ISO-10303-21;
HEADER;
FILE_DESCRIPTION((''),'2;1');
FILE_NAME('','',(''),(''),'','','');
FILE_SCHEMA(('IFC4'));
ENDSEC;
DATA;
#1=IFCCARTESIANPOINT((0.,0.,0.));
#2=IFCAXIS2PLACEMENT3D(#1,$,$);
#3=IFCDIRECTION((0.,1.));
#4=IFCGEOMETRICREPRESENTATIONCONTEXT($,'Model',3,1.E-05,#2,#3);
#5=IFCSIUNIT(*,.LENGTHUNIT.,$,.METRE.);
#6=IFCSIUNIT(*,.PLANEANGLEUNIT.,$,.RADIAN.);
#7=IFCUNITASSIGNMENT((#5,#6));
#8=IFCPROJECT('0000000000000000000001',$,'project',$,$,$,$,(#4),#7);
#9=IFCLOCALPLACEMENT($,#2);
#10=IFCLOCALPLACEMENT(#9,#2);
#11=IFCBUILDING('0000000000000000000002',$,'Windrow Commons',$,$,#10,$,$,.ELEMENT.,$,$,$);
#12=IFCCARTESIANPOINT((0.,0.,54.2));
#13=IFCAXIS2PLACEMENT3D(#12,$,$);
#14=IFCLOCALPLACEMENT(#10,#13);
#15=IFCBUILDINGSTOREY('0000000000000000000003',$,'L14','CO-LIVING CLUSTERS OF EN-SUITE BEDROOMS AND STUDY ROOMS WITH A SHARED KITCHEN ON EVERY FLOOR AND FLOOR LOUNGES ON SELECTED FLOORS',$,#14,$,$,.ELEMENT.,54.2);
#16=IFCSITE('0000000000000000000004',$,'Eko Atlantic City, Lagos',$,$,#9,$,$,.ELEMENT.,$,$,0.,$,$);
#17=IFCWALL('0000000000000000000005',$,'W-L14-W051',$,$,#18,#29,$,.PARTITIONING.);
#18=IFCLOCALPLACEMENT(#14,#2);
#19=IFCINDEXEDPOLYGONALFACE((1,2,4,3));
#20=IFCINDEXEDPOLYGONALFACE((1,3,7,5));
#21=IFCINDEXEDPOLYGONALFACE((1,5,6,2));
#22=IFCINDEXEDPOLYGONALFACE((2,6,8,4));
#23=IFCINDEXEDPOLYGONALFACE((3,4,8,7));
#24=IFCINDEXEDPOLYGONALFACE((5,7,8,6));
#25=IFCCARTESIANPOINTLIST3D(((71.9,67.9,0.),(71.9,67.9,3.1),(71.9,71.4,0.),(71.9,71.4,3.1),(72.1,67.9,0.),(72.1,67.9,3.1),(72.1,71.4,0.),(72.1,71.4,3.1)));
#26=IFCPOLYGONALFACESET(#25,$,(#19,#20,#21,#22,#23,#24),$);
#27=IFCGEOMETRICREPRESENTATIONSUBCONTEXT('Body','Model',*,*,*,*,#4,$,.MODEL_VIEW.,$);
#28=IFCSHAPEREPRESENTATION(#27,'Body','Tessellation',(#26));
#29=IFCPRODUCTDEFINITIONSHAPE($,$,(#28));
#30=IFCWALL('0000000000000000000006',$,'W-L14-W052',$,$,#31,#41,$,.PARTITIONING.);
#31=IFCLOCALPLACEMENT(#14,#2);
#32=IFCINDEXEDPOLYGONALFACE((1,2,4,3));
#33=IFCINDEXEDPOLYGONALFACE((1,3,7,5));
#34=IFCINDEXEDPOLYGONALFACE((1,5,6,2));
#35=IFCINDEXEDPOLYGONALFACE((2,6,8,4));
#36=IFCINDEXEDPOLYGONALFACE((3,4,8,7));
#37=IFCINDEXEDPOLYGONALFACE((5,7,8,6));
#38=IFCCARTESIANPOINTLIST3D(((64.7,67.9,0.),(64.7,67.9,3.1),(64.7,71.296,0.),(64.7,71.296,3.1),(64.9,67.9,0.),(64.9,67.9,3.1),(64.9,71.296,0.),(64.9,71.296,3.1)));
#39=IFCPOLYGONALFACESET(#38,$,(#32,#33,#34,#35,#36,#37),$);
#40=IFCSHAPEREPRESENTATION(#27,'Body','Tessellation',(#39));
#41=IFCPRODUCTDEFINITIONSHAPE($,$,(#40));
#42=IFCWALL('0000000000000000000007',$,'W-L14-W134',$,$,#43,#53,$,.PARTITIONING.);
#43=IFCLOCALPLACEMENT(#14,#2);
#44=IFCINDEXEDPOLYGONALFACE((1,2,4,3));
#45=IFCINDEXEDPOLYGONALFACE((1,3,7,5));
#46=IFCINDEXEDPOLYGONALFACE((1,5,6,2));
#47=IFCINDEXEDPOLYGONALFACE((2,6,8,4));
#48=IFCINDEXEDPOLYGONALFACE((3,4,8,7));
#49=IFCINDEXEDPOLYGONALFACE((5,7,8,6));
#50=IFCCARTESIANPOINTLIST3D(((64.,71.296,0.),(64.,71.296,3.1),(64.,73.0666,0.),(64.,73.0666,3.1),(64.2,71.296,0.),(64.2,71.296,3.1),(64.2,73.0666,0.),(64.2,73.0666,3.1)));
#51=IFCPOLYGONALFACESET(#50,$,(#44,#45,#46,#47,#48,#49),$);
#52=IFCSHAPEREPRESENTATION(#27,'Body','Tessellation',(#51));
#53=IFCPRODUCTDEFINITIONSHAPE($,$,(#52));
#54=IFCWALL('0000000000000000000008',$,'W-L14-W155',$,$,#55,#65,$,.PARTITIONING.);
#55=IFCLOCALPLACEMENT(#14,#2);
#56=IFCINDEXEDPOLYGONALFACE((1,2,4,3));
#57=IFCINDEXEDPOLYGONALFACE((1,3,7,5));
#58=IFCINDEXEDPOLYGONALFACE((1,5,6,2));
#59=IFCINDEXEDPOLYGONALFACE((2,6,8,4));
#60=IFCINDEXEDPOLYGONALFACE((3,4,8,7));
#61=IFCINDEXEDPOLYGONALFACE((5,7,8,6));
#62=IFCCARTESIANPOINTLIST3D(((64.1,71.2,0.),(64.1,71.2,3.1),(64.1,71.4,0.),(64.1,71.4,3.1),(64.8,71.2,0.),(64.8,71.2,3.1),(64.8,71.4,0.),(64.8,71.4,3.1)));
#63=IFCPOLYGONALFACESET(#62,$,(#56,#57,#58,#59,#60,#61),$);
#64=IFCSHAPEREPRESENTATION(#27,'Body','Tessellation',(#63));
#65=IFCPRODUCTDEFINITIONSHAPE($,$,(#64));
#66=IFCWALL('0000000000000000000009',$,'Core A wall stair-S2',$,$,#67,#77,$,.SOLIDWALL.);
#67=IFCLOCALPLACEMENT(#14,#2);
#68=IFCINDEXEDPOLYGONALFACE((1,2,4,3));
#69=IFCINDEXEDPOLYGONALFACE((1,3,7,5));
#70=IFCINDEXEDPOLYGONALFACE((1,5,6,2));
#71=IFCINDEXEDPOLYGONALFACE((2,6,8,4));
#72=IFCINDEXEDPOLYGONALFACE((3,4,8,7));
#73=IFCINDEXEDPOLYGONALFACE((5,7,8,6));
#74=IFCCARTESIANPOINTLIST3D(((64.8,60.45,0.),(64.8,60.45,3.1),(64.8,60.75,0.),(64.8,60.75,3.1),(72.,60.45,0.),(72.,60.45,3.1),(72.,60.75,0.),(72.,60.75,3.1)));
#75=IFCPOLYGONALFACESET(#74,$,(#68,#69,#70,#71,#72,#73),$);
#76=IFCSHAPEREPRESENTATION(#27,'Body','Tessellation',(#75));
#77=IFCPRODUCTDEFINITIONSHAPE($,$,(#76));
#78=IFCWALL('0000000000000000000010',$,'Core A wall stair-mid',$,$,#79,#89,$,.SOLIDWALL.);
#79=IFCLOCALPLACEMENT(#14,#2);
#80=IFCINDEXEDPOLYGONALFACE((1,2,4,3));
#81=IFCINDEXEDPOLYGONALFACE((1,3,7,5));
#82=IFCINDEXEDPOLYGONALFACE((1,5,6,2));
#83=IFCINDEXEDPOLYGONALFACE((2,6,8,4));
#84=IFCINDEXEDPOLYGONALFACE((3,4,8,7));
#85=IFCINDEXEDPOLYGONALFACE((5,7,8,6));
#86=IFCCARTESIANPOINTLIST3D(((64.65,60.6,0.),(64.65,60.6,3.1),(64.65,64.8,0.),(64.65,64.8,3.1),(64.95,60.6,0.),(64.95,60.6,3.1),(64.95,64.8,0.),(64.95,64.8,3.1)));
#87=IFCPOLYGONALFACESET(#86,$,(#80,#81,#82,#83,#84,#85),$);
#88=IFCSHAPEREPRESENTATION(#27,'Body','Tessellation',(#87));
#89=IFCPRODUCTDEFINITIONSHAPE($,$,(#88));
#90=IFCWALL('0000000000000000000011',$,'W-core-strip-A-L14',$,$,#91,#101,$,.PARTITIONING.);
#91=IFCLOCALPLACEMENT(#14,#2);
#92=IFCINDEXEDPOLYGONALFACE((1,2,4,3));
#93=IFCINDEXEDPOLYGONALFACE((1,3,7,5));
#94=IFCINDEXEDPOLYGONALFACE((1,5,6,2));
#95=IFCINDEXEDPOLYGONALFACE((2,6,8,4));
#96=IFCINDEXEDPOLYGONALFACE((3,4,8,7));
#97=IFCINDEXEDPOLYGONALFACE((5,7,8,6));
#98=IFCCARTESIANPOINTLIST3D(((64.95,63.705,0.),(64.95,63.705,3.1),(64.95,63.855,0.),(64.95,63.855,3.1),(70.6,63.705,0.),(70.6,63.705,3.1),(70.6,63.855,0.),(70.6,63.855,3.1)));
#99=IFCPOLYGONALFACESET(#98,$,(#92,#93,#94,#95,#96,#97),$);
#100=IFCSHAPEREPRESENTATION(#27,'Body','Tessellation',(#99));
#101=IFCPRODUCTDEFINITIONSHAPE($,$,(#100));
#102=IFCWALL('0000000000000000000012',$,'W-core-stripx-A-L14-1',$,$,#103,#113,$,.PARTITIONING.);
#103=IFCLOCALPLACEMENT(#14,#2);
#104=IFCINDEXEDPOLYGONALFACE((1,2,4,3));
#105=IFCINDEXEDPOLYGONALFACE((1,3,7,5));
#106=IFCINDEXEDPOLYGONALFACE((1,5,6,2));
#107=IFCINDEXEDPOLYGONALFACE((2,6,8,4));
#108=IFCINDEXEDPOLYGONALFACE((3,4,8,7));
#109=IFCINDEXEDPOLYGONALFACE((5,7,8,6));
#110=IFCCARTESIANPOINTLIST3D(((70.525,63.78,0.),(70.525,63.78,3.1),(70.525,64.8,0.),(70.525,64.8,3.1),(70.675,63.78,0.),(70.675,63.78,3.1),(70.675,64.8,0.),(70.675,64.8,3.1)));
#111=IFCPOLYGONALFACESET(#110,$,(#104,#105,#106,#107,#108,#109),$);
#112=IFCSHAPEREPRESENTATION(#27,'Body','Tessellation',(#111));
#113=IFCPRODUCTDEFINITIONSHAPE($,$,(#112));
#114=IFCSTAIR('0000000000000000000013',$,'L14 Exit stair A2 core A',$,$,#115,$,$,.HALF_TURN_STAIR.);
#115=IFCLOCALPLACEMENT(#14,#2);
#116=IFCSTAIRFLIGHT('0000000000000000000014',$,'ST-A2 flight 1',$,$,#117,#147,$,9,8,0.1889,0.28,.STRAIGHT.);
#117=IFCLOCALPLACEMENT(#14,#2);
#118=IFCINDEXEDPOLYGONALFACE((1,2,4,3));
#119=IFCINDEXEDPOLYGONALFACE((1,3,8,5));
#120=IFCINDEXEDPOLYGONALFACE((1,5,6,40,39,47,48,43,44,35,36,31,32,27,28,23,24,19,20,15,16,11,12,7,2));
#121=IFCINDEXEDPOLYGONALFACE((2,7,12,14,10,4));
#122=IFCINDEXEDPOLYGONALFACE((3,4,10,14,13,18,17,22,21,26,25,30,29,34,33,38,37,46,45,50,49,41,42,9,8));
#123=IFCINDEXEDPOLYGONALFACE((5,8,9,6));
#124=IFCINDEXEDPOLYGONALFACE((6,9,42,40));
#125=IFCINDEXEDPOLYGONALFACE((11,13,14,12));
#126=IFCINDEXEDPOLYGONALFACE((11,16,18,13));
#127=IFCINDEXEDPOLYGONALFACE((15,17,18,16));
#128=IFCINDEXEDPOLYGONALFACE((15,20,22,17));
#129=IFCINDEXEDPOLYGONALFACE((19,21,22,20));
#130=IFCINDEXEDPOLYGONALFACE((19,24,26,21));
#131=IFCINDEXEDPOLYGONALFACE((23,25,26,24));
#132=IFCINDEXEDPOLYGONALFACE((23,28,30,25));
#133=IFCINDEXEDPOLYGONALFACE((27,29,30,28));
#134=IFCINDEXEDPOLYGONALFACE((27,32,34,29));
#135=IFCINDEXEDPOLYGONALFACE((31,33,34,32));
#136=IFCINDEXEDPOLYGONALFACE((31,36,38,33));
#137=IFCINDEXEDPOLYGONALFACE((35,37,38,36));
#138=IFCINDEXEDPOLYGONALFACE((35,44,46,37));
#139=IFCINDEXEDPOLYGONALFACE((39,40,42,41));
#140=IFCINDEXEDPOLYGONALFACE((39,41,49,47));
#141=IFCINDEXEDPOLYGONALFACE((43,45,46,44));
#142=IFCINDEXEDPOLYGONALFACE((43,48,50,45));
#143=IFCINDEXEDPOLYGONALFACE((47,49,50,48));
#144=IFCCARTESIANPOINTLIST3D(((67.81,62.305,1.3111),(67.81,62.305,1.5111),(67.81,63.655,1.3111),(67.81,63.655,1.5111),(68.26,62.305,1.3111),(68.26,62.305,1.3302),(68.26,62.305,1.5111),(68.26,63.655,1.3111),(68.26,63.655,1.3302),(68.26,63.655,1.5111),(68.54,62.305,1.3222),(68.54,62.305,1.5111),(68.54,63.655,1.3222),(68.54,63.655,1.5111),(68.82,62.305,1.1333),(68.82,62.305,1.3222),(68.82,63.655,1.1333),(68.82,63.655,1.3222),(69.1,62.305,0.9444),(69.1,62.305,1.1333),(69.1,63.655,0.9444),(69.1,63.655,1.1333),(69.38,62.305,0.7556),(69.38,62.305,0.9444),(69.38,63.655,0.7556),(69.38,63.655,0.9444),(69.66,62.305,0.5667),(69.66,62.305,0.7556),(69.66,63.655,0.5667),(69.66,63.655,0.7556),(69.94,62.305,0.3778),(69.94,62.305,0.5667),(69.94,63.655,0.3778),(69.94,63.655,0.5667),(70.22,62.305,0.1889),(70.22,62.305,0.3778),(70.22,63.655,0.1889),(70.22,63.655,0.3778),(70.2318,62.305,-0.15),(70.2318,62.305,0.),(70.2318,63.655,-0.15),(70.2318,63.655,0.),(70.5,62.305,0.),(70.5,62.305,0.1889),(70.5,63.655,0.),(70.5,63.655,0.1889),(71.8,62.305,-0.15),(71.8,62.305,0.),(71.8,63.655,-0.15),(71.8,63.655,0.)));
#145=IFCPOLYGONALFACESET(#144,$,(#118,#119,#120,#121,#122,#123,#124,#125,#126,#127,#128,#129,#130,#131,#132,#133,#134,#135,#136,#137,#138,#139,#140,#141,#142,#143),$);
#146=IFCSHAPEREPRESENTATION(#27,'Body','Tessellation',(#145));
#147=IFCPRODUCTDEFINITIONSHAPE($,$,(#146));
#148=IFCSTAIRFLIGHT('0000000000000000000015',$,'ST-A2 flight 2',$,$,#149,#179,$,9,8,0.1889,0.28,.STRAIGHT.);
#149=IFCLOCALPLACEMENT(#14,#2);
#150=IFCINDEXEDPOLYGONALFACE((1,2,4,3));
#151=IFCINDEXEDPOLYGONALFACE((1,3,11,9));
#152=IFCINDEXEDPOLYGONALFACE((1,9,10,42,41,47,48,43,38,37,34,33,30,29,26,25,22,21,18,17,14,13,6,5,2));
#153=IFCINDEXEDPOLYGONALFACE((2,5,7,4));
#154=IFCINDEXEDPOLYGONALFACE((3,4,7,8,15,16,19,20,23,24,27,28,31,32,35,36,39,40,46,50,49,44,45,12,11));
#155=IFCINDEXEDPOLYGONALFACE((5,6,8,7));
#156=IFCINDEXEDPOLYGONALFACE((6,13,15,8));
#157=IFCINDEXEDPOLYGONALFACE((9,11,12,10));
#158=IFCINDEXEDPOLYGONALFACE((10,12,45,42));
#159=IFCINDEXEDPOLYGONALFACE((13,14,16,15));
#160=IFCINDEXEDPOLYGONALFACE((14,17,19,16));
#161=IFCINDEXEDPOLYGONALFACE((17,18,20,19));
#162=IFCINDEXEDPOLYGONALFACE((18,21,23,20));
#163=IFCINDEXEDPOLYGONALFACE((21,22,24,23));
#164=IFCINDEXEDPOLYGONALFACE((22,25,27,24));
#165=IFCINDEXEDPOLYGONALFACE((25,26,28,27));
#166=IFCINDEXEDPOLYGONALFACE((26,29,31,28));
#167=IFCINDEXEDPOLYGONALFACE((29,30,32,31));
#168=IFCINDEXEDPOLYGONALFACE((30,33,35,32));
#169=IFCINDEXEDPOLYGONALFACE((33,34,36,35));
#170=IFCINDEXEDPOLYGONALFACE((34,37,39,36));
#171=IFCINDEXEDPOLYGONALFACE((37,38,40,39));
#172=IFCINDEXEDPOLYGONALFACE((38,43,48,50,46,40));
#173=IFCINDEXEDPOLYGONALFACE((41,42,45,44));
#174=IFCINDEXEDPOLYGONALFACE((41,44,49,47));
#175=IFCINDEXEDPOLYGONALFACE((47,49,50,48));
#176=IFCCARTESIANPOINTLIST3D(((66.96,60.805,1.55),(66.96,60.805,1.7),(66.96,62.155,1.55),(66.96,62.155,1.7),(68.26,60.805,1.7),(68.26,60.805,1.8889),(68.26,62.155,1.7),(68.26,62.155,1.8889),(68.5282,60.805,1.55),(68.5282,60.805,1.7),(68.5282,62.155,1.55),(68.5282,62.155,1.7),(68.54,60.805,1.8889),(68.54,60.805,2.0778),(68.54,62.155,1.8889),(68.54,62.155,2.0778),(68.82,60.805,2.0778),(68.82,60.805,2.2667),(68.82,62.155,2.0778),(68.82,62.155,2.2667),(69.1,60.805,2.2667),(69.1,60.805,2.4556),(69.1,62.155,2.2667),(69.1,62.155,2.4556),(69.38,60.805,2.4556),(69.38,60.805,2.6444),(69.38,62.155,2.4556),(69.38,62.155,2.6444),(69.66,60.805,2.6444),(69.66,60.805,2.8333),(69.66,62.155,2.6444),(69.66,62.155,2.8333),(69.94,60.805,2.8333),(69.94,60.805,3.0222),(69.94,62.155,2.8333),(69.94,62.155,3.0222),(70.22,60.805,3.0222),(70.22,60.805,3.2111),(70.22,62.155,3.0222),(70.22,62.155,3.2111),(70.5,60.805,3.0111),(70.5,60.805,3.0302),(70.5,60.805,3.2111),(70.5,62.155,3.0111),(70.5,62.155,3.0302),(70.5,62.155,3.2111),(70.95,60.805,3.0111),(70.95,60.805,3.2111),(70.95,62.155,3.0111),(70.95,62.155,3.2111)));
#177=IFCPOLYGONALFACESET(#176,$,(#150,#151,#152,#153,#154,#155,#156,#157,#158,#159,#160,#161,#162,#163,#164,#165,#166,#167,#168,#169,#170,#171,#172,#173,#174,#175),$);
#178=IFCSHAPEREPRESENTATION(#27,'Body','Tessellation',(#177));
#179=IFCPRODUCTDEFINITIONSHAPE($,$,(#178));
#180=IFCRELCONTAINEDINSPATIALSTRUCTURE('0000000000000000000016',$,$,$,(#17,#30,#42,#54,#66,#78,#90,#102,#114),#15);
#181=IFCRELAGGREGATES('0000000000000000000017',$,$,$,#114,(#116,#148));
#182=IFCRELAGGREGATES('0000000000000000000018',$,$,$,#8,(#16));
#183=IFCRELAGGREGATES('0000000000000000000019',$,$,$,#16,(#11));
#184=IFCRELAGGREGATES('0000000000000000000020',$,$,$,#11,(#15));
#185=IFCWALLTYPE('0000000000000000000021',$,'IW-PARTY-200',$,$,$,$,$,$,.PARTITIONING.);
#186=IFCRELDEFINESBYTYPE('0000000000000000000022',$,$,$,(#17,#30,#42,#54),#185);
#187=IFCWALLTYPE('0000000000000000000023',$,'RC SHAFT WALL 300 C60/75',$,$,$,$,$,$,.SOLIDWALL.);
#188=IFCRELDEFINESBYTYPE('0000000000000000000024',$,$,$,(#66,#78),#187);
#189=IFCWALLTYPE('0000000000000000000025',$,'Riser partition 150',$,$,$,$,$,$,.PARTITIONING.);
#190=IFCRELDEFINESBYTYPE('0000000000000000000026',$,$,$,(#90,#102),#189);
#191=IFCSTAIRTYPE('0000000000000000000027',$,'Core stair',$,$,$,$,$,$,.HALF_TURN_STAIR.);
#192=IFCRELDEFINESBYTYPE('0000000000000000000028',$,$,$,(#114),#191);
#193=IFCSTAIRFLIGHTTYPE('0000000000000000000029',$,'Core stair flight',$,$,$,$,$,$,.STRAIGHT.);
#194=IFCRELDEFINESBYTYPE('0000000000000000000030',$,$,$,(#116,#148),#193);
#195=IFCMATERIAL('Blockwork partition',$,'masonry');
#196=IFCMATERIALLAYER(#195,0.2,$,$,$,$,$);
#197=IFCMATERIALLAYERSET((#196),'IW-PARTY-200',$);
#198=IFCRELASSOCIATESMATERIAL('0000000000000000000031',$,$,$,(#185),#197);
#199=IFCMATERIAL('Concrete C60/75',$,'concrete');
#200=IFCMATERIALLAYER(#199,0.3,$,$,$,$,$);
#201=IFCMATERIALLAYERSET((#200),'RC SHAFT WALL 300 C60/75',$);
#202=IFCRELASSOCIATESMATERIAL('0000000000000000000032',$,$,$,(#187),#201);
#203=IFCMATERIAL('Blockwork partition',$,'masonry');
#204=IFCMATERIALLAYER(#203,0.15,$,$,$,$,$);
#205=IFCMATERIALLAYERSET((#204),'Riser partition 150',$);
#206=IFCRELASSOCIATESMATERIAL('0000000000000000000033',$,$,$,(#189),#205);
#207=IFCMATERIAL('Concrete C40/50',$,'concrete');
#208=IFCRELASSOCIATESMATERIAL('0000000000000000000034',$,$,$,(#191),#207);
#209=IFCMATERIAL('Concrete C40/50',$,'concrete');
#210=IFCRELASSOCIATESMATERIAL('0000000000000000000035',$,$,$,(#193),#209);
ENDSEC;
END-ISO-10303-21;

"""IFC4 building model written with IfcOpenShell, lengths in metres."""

from ifc_helpers import new_model, si_unit, direction, frame, frame_2d, origin, place, context, subcontext, project, spatial, polyline, rectangle, outline, extrude, material, layer, layer_set, type_object, element, aggregate, save


model = new_model("IFC4")

# Units and contexts
model_context = context("Model", 3, precision=1e-05, world=origin(), true_north=direction((0.0, 1.0)))
body_context = subcontext(model_context, "Body", "Model", "MODEL_VIEW")
ifc_project = project(units=[si_unit("LENGTHUNIT", "METRE"), si_unit("PLANEANGLEUNIT", "RADIAN")], contexts=[model_context])

# Site, building, storey
site_placement = place(None, origin())
site = spatial("IfcSite", under=ifc_project, at=site_placement, Name="Eko Atlantic City, Lagos", CompositionType="ELEMENT", RefElevation=0.0)
building_placement = place(site_placement, origin())
building = spatial("IfcBuilding", under=site, at=building_placement, Name="Windrow Commons", CompositionType="ELEMENT")
storey_placement = place(building_placement, frame((0.0, 0.0, 54.2)))
storey = spatial("IfcBuildingStorey", under=building, at=storey_placement, Name="L14", Description="CO-LIVING CLUSTERS OF EN-SUITE BEDROOMS AND STUDY ROOMS WITH A SHARED KITCHEN ON EVERY FLOOR AND FLOOR LOUNGES ON SELECTED FLOORS", CompositionType="ELEMENT", Elevation=54.2)

# Walls
ifc_material_1 = material(Name="Blockwork partition", Category="masonry")
ifc_layer_1 = layer(ifc_material_1, 0.2)
ifc_layer_set_1 = layer_set([ifc_layer_1], Name="IW-PARTY-200")
wall_type_1 = type_object("IfcWallType", Name="IW-PARTY-200", PredefinedType="PARTITIONING", material=ifc_layer_set_1)
wall_1_placement = place(storey_placement, frame((72.0, 67.9, 0.0), z_axis=(0.0, 0.0, 1.0), x_axis=(0.0, 1.0, 0.0)))
element("IfcWall", 1, at=wall_1_placement, inside=storey, type_object=wall_type_1, Name="W-L14-W051", PredefinedType="PARTITIONING", context=body_context, shape_type="SweptSolid", body=[
    extrude(rectangle(XDim=3.5, YDim=0.2, at=frame_2d((1.75, 0.0))), origin(), (0.0, 0.0, 1.0), 3.1),
])
wall_2_placement = place(storey_placement, frame((64.8, 67.9, 0.0), z_axis=(0.0, 0.0, 1.0), x_axis=(0.0, 1.0, 0.0)))
element("IfcWall", 2, at=wall_2_placement, inside=storey, type_object=wall_type_1, Name="W-L14-W052", PredefinedType="PARTITIONING", context=body_context, shape_type="SweptSolid", body=[
    extrude(rectangle(XDim=3.396, YDim=0.2, at=frame_2d((1.698, 0.0))), origin(), (0.0, 0.0, 1.0), 3.1),
])
wall_3_placement = place(storey_placement, frame((64.1, 71.296, 0.0), z_axis=(0.0, 0.0, 1.0), x_axis=(0.0, 1.0, 0.0)))
element("IfcWall", 3, at=wall_3_placement, inside=storey, type_object=wall_type_1, Name="W-L14-W134", PredefinedType="PARTITIONING", context=body_context, shape_type="SweptSolid", body=[
    extrude(rectangle(XDim=1.7706, YDim=0.2, at=frame_2d((0.8853, 0.0))), origin(), (0.0, 0.0, 1.0), 3.1),
])
wall_4_placement = place(storey_placement, frame((64.1, 71.3, 0.0), z_axis=(0.0, 0.0, 1.0), x_axis=(1.0, 0.0, 0.0)))
element("IfcWall", 4, at=wall_4_placement, inside=storey, type_object=wall_type_1, Name="W-L14-W155", PredefinedType="PARTITIONING", context=body_context, shape_type="SweptSolid", body=[
    extrude(rectangle(XDim=0.7, YDim=0.2, at=frame_2d((0.35, 0.0))), origin(), (0.0, 0.0, 1.0), 3.1),
])
ifc_material_2 = material(Name="Concrete C60/75", Category="concrete")
ifc_layer_2 = layer(ifc_material_2, 0.3)
ifc_layer_set_2 = layer_set([ifc_layer_2], Name="RC SHAFT WALL 300 C60/75")
wall_type_2 = type_object("IfcWallType", Name="RC SHAFT WALL 300 C60/75", PredefinedType="SOLIDWALL", material=ifc_layer_set_2)
wall_5_placement = place(storey_placement, frame((64.8, 60.6, 0.0), z_axis=(0.0, 0.0, 1.0), x_axis=(1.0, 0.0, 0.0)))
element("IfcWall", 5, at=wall_5_placement, inside=storey, type_object=wall_type_2, Name="Core A wall stair-S2", PredefinedType="SOLIDWALL", context=body_context, shape_type="SweptSolid", body=[
    extrude(rectangle(XDim=7.2, YDim=0.3, at=frame_2d((3.6, 0.0))), origin(), (0.0, 0.0, 1.0), 3.1),
])
wall_6_placement = place(storey_placement, frame((64.8, 60.6, 0.0), z_axis=(0.0, 0.0, 1.0), x_axis=(0.0, 1.0, 0.0)))
element("IfcWall", 6, at=wall_6_placement, inside=storey, type_object=wall_type_2, Name="Core A wall stair-mid", PredefinedType="SOLIDWALL", context=body_context, shape_type="SweptSolid", body=[
    extrude(rectangle(XDim=4.2, YDim=0.3, at=frame_2d((2.1, 0.0))), origin(), (0.0, 0.0, 1.0), 3.1),
])
ifc_material_3 = material(Name="Blockwork partition", Category="masonry")
ifc_layer_3 = layer(ifc_material_3, 0.15)
ifc_layer_set_3 = layer_set([ifc_layer_3], Name="Riser partition 150")
wall_type_3 = type_object("IfcWallType", Name="Riser partition 150", PredefinedType="PARTITIONING", material=ifc_layer_set_3)
wall_7_placement = place(storey_placement, frame((64.95, 63.78, 0.0), z_axis=(0.0, 0.0, 1.0), x_axis=(1.0, 0.0, 0.0)))
element("IfcWall", 7, at=wall_7_placement, inside=storey, type_object=wall_type_3, Name="W-core-strip-A-L14", PredefinedType="PARTITIONING", context=body_context, shape_type="SweptSolid", body=[
    extrude(rectangle(XDim=5.65, YDim=0.15, at=frame_2d((2.825, 0.0))), origin(), (0.0, 0.0, 1.0), 3.1),
])
wall_8_placement = place(storey_placement, frame((70.6, 63.78, 0.0), z_axis=(0.0, 0.0, 1.0), x_axis=(0.0, 1.0, 0.0)))
element("IfcWall", 8, at=wall_8_placement, inside=storey, type_object=wall_type_3, Name="W-core-stripx-A-L14-1", PredefinedType="PARTITIONING", context=body_context, shape_type="SweptSolid", body=[
    extrude(rectangle(XDim=1.02, YDim=0.15, at=frame_2d((0.51, 0.0))), origin(), (0.0, 0.0, 1.0), 3.1),
])

# Stair, stair flights
ifc_material_4 = material(Name="Concrete C40/50", Category="concrete")
stair_type = type_object("IfcStairType", Name="Core stair", PredefinedType="HALF_TURN_STAIR", material=ifc_material_4)
stair_placement = place(storey_placement, origin())
stair = element("IfcStair", 9, at=stair_placement, inside=storey, type_object=stair_type, Name="L14 Exit stair A2 core A", PredefinedType="HALF_TURN_STAIR")
ifc_material_5 = material(Name="Concrete C40/50", Category="concrete")
stair_flight_type = type_object("IfcStairFlightType", Name="Core stair flight", PredefinedType="STRAIGHT", material=ifc_material_5)
stair_flight_1_placement = place(storey_placement, frame((70.5, 62.98, 0.0), z_axis=(0.0, 0.0, 1.0), x_axis=(-1.0, 0.0, 0.0)))
stair_flight_1 = element("IfcStairFlight", 10, at=stair_flight_1_placement, type_object=stair_flight_type, Name="ST-A2 flight 1", NumberOfRisers=9, NumberOfTreads=8, PredefinedType="STRAIGHT", RiserHeight=0.1889, TreadLength=0.28, context=body_context, shape_type="SweptSolid", body=[
    extrude(outline(polyline([(-1.3, -0.15), (-1.3, 0.0), (0.0, 0.0), (0.0, 0.1889), (0.28, 0.1889), (0.28, 0.3778), (0.56, 0.3778), (0.56, 0.5667), (0.84, 0.5667), (0.84, 0.7556), (1.12, 0.7556), (1.12, 0.9444), (1.4, 0.9444), (1.4, 1.1333), (1.68, 1.1333), (1.68, 1.3222), (1.96, 1.3222), (1.96, 1.5111), (2.24, 1.5111), (2.69, 1.5111), (2.69, 1.3111), (2.24, 1.3111), (2.24, 1.3302), (0.2682, 0.0), (0.2682, -0.15), (-1.3, -0.15)])), frame((0.0, 0.675, 0.0), z_axis=(0.0, -1.0, 0.0), x_axis=(1.0, 0.0, 0.0)), (0.0, 0.0, 1.0), 1.35),
])
stair_flight_2_placement = place(storey_placement, frame((68.26, 61.48, 1.7), z_axis=(0.0, 0.0, 1.0), x_axis=(1.0, 0.0, 0.0)))
stair_flight_2 = element("IfcStairFlight", 11, at=stair_flight_2_placement, type_object=stair_flight_type, Name="ST-A2 flight 2", NumberOfRisers=9, NumberOfTreads=8, PredefinedType="STRAIGHT", RiserHeight=0.1889, TreadLength=0.28, context=body_context, shape_type="SweptSolid", body=[
    extrude(outline(polyline([(-1.3, -0.15), (-1.3, 0.0), (0.0, 0.0), (0.0, 0.1889), (0.28, 0.1889), (0.28, 0.3778), (0.56, 0.3778), (0.56, 0.5667), (0.84, 0.5667), (0.84, 0.7556), (1.12, 0.7556), (1.12, 0.9444), (1.4, 0.9444), (1.4, 1.1333), (1.68, 1.1333), (1.68, 1.3222), (1.96, 1.3222), (1.96, 1.5111), (2.24, 1.5111), (2.69, 1.5111), (2.69, 1.3111), (2.24, 1.3111), (2.24, 1.3302), (0.2682, 0.0), (0.2682, -0.15), (-1.3, -0.15)])), frame((0.0, 0.675, 0.0), z_axis=(0.0, -1.0, 0.0), x_axis=(1.0, 0.0, 0.0)), (0.0, 0.0, 1.0), 1.35),
])
aggregate(stair, [stair_flight_1, stair_flight_2])

save(model, "model.ifc")
